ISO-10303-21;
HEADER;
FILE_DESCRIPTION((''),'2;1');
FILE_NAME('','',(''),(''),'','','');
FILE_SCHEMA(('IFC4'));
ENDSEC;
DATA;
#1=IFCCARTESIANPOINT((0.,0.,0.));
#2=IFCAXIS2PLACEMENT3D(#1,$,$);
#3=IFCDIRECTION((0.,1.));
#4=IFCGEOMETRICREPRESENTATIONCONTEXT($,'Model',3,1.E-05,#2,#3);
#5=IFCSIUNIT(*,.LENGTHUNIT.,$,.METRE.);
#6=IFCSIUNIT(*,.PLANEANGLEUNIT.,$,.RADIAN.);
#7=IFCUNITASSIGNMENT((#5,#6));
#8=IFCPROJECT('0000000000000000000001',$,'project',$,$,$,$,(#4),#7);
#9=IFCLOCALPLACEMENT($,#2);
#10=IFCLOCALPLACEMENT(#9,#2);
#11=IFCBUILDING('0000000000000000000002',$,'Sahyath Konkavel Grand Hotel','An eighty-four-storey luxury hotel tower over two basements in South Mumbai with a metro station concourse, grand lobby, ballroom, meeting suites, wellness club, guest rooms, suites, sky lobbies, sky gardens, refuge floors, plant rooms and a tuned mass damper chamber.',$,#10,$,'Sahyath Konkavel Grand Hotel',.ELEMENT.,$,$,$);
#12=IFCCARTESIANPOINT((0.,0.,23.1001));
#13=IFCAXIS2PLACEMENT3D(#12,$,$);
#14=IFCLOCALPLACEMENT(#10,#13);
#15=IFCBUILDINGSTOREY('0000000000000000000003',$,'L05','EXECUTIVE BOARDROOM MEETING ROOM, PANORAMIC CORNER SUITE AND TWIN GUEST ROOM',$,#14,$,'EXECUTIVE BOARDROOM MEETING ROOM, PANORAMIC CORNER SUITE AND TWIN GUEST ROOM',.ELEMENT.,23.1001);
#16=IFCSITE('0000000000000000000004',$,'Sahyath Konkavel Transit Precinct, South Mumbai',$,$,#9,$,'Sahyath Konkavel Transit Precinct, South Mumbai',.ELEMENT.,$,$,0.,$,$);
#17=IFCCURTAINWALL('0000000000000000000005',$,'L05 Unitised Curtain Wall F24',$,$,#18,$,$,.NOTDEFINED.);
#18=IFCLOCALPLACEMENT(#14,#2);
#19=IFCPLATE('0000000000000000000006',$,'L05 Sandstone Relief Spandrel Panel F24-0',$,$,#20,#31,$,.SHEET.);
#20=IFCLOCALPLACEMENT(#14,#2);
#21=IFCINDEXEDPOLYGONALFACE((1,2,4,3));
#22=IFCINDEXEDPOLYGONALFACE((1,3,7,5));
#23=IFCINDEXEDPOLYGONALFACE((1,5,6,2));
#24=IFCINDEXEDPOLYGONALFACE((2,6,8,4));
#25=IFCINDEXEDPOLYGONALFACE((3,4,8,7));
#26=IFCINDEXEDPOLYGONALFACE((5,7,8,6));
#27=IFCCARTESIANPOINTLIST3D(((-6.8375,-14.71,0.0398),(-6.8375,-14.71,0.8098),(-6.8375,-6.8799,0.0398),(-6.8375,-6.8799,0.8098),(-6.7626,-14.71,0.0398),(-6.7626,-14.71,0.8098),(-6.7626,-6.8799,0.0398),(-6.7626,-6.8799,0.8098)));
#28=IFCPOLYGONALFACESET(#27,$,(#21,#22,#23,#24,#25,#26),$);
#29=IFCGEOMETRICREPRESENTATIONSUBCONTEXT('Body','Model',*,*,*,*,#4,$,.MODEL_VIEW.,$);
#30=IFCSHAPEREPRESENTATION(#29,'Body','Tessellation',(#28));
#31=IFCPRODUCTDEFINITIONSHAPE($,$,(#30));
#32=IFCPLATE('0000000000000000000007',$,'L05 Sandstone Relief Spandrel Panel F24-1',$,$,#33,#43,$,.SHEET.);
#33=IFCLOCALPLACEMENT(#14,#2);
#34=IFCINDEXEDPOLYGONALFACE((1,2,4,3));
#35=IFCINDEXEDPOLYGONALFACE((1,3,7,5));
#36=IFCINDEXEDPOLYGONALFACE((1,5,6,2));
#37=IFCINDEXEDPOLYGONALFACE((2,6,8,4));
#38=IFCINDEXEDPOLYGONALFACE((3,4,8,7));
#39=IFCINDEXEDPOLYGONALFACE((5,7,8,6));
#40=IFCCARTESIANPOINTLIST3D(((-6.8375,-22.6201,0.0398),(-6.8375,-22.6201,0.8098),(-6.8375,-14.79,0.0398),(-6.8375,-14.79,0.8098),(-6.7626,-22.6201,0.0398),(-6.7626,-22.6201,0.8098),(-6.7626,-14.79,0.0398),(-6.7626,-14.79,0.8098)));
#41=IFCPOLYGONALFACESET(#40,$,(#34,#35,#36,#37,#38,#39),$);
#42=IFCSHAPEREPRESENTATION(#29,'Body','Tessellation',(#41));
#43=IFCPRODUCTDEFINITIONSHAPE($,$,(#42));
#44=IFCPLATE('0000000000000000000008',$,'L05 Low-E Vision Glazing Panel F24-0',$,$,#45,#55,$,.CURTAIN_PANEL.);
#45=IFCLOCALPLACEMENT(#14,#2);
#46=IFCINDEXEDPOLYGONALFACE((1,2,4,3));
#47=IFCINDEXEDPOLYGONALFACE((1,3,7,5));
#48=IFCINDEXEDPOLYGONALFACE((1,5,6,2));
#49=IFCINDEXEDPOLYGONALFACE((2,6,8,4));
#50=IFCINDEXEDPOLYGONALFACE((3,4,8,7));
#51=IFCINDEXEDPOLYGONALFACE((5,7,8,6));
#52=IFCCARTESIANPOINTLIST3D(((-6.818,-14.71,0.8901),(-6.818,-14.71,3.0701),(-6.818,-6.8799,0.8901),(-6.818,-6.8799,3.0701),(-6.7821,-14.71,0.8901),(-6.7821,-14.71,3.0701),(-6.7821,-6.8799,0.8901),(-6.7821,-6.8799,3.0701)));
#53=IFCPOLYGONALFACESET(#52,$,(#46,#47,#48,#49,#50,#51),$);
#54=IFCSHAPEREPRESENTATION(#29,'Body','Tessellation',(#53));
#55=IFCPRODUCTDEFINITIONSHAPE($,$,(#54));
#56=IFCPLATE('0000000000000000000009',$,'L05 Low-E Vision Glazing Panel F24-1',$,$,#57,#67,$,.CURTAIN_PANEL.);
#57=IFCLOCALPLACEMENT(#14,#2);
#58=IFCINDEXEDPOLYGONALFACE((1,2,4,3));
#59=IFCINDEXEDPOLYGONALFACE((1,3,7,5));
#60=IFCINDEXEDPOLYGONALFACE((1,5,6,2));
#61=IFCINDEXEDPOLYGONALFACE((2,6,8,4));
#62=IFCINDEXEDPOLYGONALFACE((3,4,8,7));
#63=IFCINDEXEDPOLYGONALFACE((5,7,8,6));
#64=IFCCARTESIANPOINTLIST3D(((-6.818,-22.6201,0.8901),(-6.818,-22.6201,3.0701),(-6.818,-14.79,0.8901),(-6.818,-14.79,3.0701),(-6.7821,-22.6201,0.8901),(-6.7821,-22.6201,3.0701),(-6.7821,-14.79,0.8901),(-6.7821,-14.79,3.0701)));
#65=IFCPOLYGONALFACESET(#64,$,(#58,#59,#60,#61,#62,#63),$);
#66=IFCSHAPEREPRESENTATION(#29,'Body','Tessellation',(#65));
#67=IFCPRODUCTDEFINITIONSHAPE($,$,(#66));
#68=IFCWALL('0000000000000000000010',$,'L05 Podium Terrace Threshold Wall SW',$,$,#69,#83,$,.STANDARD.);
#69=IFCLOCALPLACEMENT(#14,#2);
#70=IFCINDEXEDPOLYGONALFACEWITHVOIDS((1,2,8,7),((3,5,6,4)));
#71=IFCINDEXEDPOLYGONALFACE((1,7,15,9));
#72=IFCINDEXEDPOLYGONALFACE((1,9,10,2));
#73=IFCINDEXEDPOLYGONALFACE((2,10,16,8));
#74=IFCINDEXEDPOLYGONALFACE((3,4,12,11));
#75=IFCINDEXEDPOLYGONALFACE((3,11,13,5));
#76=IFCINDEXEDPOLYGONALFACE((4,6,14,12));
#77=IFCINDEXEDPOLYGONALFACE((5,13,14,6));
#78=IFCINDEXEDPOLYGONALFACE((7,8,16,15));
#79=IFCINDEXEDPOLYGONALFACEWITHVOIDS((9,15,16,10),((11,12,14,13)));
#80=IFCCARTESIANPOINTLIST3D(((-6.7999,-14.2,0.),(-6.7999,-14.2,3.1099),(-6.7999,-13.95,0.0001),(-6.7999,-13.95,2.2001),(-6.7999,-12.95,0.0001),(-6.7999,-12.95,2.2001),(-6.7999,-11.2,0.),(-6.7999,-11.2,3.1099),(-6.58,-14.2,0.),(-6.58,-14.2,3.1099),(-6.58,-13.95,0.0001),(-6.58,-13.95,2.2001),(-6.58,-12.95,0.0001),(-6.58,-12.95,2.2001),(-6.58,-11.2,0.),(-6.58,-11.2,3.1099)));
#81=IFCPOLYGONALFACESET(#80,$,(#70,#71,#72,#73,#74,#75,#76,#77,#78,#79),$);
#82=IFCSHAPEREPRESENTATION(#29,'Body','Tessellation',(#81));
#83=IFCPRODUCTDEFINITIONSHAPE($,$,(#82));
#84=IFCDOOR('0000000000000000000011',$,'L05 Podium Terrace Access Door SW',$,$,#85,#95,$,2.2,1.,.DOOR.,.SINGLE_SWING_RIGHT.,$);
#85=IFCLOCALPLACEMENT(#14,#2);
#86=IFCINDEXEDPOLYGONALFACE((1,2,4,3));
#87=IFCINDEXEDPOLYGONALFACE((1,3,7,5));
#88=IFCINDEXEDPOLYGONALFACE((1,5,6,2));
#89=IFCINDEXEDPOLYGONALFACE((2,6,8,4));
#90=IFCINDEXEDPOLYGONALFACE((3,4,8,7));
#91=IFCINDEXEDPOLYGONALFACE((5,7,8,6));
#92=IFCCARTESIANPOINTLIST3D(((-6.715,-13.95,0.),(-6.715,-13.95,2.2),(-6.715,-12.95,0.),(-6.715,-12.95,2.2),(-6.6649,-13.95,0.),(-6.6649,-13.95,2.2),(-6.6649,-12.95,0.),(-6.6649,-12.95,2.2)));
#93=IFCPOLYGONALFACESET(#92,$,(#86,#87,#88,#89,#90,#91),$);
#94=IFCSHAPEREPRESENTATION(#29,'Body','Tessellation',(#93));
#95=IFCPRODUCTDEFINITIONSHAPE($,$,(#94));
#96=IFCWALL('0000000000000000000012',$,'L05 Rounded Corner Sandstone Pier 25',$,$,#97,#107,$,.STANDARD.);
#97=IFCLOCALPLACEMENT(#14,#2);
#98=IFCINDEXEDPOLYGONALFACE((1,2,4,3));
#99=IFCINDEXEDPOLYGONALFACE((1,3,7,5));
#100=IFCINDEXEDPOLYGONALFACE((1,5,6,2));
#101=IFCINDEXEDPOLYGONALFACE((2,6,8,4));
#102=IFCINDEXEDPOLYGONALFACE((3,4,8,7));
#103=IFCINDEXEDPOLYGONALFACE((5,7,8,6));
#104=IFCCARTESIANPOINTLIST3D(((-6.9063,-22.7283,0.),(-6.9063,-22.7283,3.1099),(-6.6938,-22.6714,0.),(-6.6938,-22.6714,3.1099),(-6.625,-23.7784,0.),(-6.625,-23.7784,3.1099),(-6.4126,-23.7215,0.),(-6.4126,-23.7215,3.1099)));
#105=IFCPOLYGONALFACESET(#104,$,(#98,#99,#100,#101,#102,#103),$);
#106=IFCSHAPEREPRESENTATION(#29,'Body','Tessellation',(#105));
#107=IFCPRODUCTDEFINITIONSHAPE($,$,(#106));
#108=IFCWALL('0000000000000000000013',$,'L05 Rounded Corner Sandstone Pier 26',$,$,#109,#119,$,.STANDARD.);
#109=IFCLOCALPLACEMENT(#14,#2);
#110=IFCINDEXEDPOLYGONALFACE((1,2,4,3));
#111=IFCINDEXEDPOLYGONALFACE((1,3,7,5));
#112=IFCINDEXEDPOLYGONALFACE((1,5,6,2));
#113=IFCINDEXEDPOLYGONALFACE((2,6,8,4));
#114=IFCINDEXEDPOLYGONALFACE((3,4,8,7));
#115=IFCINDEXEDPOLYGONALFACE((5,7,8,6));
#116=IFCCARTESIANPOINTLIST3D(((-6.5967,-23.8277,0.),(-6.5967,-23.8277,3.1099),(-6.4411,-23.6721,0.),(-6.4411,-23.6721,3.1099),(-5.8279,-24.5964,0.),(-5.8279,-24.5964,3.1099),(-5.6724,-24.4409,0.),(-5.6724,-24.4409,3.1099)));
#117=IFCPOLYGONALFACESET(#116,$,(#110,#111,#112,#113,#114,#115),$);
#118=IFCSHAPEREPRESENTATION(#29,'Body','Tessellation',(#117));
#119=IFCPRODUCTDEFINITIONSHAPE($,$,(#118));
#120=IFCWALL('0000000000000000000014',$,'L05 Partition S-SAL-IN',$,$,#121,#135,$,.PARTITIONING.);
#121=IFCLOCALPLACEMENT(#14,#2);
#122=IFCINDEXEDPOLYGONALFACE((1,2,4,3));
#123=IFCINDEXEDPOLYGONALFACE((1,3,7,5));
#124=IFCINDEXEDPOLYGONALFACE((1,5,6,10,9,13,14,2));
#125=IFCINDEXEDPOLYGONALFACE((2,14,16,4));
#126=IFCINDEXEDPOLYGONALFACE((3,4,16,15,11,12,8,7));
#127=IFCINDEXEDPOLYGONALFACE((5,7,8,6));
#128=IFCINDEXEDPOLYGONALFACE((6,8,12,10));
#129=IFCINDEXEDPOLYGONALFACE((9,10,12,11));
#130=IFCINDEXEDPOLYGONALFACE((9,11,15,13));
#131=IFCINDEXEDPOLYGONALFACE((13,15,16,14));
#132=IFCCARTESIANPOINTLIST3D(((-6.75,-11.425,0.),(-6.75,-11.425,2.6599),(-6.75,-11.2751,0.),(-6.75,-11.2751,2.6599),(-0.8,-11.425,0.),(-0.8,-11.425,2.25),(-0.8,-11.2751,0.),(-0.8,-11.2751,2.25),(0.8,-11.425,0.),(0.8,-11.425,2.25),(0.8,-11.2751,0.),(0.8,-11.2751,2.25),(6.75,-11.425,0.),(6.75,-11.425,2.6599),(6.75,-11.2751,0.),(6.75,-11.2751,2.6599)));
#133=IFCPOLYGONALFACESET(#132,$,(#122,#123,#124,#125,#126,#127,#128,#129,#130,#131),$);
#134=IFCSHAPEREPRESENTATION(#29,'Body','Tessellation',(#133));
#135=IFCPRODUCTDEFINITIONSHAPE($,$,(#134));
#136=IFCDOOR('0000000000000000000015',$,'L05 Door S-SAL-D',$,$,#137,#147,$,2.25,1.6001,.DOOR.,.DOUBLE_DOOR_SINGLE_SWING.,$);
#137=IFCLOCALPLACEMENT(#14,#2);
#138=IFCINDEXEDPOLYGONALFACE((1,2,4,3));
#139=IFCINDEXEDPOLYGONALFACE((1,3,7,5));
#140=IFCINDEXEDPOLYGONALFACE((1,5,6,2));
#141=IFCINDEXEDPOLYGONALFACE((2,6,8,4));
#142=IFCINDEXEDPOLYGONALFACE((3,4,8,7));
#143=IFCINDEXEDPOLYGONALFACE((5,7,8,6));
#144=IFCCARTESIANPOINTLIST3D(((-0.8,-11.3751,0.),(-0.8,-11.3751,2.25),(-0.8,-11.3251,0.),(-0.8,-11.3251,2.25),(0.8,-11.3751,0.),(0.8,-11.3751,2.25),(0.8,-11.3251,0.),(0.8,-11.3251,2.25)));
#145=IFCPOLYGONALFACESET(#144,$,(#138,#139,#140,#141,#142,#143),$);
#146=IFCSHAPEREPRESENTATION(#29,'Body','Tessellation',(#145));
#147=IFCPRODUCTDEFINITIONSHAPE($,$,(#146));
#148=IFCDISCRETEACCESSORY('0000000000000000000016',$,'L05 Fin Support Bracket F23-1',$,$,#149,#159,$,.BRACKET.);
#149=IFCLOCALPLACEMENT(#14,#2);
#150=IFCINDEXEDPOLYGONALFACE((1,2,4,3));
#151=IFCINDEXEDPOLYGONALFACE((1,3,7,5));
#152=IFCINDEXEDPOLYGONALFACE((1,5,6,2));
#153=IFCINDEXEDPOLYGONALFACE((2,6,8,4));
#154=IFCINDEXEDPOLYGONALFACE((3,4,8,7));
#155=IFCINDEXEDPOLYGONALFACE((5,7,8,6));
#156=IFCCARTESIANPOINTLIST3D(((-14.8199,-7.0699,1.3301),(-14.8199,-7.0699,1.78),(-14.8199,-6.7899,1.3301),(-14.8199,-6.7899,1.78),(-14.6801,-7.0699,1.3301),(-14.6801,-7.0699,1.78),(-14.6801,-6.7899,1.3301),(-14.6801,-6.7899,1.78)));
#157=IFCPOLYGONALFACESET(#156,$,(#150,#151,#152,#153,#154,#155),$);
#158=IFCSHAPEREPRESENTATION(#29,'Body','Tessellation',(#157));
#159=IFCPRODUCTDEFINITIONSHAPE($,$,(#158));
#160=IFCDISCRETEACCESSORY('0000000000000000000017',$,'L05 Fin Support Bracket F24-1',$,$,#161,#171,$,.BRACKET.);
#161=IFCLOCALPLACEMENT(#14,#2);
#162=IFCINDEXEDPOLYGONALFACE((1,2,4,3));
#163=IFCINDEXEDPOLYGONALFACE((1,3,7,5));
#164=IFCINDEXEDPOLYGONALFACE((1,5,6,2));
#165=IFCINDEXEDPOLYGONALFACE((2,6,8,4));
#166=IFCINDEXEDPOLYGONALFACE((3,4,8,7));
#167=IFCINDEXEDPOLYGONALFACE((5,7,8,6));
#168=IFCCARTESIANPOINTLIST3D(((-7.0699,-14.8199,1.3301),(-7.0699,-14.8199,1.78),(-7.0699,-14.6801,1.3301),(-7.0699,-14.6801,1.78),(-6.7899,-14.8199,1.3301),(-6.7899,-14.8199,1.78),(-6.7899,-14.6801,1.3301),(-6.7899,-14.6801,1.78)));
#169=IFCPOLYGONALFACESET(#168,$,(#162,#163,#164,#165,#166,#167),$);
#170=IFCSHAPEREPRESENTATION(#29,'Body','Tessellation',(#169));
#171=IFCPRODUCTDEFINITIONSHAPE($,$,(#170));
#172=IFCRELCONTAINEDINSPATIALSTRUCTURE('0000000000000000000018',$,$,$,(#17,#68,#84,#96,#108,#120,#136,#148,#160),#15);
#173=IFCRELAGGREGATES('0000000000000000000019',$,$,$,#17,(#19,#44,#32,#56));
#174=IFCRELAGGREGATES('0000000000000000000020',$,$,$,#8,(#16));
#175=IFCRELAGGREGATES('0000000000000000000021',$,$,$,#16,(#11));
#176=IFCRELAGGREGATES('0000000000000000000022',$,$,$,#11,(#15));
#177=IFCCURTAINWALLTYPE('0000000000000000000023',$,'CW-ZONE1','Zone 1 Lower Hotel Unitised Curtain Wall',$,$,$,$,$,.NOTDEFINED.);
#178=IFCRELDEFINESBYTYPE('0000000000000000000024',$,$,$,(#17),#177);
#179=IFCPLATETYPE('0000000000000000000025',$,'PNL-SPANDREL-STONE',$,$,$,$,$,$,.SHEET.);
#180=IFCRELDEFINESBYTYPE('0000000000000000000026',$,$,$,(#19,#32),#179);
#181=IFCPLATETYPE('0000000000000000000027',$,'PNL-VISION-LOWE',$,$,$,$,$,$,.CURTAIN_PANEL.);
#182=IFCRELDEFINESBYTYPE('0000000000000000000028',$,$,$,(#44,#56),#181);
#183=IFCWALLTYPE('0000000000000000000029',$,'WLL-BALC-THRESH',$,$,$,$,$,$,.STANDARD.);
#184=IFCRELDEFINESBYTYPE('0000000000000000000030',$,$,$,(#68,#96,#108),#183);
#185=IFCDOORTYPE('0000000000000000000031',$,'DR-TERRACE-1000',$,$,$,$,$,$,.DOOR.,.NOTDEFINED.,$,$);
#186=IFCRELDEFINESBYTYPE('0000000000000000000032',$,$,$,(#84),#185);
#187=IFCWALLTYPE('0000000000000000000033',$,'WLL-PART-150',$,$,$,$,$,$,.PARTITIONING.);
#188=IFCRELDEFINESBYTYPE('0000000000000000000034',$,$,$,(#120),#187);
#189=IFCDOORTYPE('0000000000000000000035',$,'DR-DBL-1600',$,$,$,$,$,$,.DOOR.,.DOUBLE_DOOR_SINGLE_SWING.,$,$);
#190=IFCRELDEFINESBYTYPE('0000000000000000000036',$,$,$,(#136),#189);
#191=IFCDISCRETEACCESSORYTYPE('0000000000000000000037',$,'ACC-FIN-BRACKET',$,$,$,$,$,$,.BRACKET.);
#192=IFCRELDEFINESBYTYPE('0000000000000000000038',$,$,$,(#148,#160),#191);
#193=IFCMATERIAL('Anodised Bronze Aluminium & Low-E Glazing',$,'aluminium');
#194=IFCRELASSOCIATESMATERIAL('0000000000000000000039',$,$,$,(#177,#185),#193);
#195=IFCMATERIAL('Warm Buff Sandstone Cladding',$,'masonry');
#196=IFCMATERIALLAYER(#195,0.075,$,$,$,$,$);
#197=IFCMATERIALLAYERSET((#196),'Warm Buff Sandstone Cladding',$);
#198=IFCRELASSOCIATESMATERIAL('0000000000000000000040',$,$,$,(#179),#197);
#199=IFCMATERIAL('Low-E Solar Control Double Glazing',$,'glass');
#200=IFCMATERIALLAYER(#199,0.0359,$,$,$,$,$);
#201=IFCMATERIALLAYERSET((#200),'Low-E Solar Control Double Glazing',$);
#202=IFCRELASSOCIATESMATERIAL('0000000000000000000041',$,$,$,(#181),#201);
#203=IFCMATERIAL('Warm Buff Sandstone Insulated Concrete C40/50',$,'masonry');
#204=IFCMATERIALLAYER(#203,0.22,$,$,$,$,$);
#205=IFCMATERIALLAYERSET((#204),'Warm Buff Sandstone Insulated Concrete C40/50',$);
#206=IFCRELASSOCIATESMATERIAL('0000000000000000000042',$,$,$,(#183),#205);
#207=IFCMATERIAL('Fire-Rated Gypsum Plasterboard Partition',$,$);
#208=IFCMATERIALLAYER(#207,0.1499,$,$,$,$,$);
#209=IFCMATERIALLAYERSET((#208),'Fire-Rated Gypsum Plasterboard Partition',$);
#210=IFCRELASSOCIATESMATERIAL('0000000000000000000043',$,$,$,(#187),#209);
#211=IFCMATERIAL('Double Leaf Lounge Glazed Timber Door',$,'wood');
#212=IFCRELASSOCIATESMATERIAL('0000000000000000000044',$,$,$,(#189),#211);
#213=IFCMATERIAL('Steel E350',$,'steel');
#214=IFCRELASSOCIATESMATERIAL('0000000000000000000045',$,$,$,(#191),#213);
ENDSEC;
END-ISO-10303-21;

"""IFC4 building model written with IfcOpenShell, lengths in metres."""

from ifc_helpers import new_model, si_unit, direction, frame, frame_2d, origin, origin_2d, place, context, subcontext, project, spatial, rectangle, extrude, source, transform, mapped, material, layer, layer_set, type_object, element, fill, aggregate, save


model = new_model("IFC4")

# Units and contexts
model_context = context("Model", 3, precision=1e-05, world=origin(), true_north=direction((0.0, 1.0)))
body_context = subcontext(model_context, "Body", "Model", "MODEL_VIEW")
ifc_project = project(units=[si_unit("LENGTHUNIT", "METRE"), si_unit("PLANEANGLEUNIT", "RADIAN")], contexts=[model_context])

# Site, building, storey
site_placement = place(None, origin())
site = spatial("IfcSite", under=ifc_project, at=site_placement, Name="Sahyath Konkavel Transit Precinct, South Mumbai", LongName="Sahyath Konkavel Transit Precinct, South Mumbai", CompositionType="ELEMENT", RefElevation=0.0)
building_placement = place(site_placement, origin())
building = spatial("IfcBuilding", under=site, at=building_placement, Name="Sahyath Konkavel Grand Hotel", Description="An eighty-four-storey luxury hotel tower over two basements in South Mumbai with a metro station concourse, grand lobby, ballroom, meeting suites, wellness club, guest rooms, suites, sky lobbies, sky gardens, refuge floors, plant rooms and a tuned mass damper chamber.", LongName="Sahyath Konkavel Grand Hotel", CompositionType="ELEMENT")
storey_placement = place(building_placement, frame((0.0, 0.0, 23.1001)))
storey = spatial("IfcBuildingStorey", under=building, at=storey_placement, Name="L05", Description="EXECUTIVE BOARDROOM MEETING ROOM, PANORAMIC CORNER SUITE AND TWIN GUEST ROOM", LongName="EXECUTIVE BOARDROOM MEETING ROOM, PANORAMIC CORNER SUITE AND TWIN GUEST ROOM", CompositionType="ELEMENT", Elevation=23.1001)

# Shared definitions
ifc_material_1 = material(Name="Anodised Bronze Aluminium & Low-E Glazing", Category="aluminium")
curtain_wall_type = type_object("IfcCurtainWallType", Name="CW-ZONE1", Description="Zone 1 Lower Hotel Unitised Curtain Wall", PredefinedType="NOTDEFINED", material=ifc_material_1)

# Curtain wall
curtain_wall_1_placement = place(storey_placement, origin())
curtain_wall_1 = element("IfcCurtainWall", 1, at=curtain_wall_1_placement, inside=storey, type_object=curtain_wall_type, Name="L05 Unitised Curtain Wall F24", PredefinedType="NOTDEFINED")

# Plates
ifc_material_2 = material(Name="Warm Buff Sandstone Cladding", Category="masonry")
ifc_layer_1 = layer(ifc_material_2, 0.075)
ifc_layer_set_1 = layer_set([ifc_layer_1], Name="Warm Buff Sandstone Cladding")
plate_type_1 = type_object("IfcPlateType", Name="PNL-SPANDREL-STONE", PredefinedType="SHEET", material=ifc_layer_set_1)
shared_shape_1 = source(origin(), body_context, "Body", "SweptSolid", [
    extrude(rectangle(XDim=7.8301, YDim=0.075, at=origin_2d()), origin(), (0.0, 0.0, 1.0), 0.77),
])
plate_1_placement = place(storey_placement, frame((-6.8, -10.7949, 0.0398), z_axis=(0.0, 0.0, 1.0), x_axis=(0.0, -1.0, 0.0)))
plate_1 = element("IfcPlate", 2, at=plate_1_placement, type_object=plate_type_1, Name="L05 Sandstone Relief Spandrel Panel F24-0", PredefinedType="SHEET", context=body_context, shape_type="MappedRepresentation", body=[
    mapped(shared_shape_1, transform((0.0, 0.0, 0.0), scale=1.0)),
])
plate_2_placement = place(storey_placement, frame((-6.8, -18.7051, 0.0398), z_axis=(0.0, 0.0, 1.0), x_axis=(0.0, -1.0, 0.0)))
plate_2 = element("IfcPlate", 3, at=plate_2_placement, type_object=plate_type_1, Name="L05 Sandstone Relief Spandrel Panel F24-1", PredefinedType="SHEET", context=body_context, shape_type="MappedRepresentation", body=[
    mapped(shared_shape_1, transform((0.0, 0.0, 0.0), scale=1.0)),
])
ifc_material_3 = material(Name="Low-E Solar Control Double Glazing", Category="glass")
ifc_layer_2 = layer(ifc_material_3, 0.0359)
ifc_layer_set_2 = layer_set([ifc_layer_2], Name="Low-E Solar Control Double Glazing")
plate_type_2 = type_object("IfcPlateType", Name="PNL-VISION-LOWE", PredefinedType="CURTAIN_PANEL", material=ifc_layer_set_2)
shared_shape_2 = source(origin(), body_context, "Body", "SweptSolid", [
    extrude(rectangle(XDim=7.8301, YDim=0.0359, at=origin_2d()), origin(), (0.0, 0.0, 1.0), 2.1799),
])
plate_3_placement = place(storey_placement, frame((-6.8, -10.7949, 0.8901), z_axis=(0.0, 0.0, 1.0), x_axis=(0.0, -1.0, 0.0)))
plate_3 = element("IfcPlate", 4, at=plate_3_placement, type_object=plate_type_2, Name="L05 Low-E Vision Glazing Panel F24-0", PredefinedType="CURTAIN_PANEL", context=body_context, shape_type="MappedRepresentation", body=[
    mapped(shared_shape_2, transform((0.0, 0.0, 0.0), scale=1.0)),
])
plate_4_placement = place(storey_placement, frame((-6.8, -18.7051, 0.8901), z_axis=(0.0, 0.0, 1.0), x_axis=(0.0, -1.0, 0.0)))
plate_4 = element("IfcPlate", 5, at=plate_4_placement, type_object=plate_type_2, Name="L05 Low-E Vision Glazing Panel F24-1", PredefinedType="CURTAIN_PANEL", context=body_context, shape_type="MappedRepresentation", body=[
    mapped(shared_shape_2, transform((0.0, 0.0, 0.0), scale=1.0)),
])
aggregate(curtain_wall_1, [plate_1, plate_3, plate_2, plate_4])

# Wall, opening, door
ifc_material_4 = material(Name="Warm Buff Sandstone Insulated Concrete C40/50", Category="masonry")
ifc_layer_3 = layer(ifc_material_4, 0.22)
ifc_layer_set_3 = layer_set([ifc_layer_3], Name="Warm Buff Sandstone Insulated Concrete C40/50")
wall_type_1 = type_object("IfcWallType", Name="WLL-BALC-THRESH", PredefinedType="STANDARD", material=ifc_layer_set_3)
wall_1_placement = place(storey_placement, frame((-6.6899, -14.2, 0.0), z_axis=(0.0, 0.0, 1.0), x_axis=(0.0, 1.0, 0.0)))
wall_1 = element("IfcWall", 6, at=wall_1_placement, inside=storey, type_object=wall_type_1, Name="L05 Podium Terrace Threshold Wall SW", PredefinedType="STANDARD", context=body_context, shape_type="SweptSolid", body=[
    extrude(rectangle(XDim=3.0, YDim=0.22, at=frame_2d((1.5, 0.0))), origin(), (0.0, 0.0, 1.0), 3.1099),
])
opening_1_placement = place(wall_1_placement, frame((0.25, 0.0, 0.0)))
opening_1 = element("IfcOpeningElement", 7, at=opening_1_placement, cuts=wall_1, PredefinedType="OPENING", context=body_context, shape_type="SweptSolid", body=[
    extrude(rectangle(XDim=1.0, YDim=2.2, at=frame_2d((0.5, 1.1001))), frame((0.0, 0.1201, 0.0), z_axis=(0.0, -1.0, 0.0), x_axis=(1.0, 0.0, 0.0)), (0.0, 0.0, 1.0), 0.24),
])
door_type_1 = type_object("IfcDoorType", Name="DR-TERRACE-1000", OperationType="NOTDEFINED", PredefinedType="DOOR", material=ifc_material_1)
shared_shape_3 = source(origin(), body_context, "Body", "SweptSolid", [
    extrude(rectangle(XDim=1.0, YDim=0.05, at=origin_2d()), origin(), (0.0, 0.0, 1.0), 2.2),
])
door_1_placement = place(opening_1_placement, frame((0.5, 0.0, 0.0)))
door_1 = element("IfcDoor", 8, at=door_1_placement, inside=storey, type_object=door_type_1, Name="L05 Podium Terrace Access Door SW", OperationType="SINGLE_SWING_RIGHT", OverallHeight=2.2, OverallWidth=1.0, PredefinedType="DOOR", context=body_context, shape_type="MappedRepresentation", body=[
    mapped(shared_shape_3, transform((0.0, 0.0, 0.0), scale=1.0)),
])
fill(opening_1, door_1)

# Walls
for number, where, z_axis, x_axis, name in (
    (9, (-6.8, -22.7, 0.0), (0.0, 0.0, 1.0), (0.258725, -0.965951, 0.0), "L05 Rounded Corner Sandstone Pier 25"),
    (10, (-6.5188, -23.75, 0.0), (0.0, 0.0, 1.0), (0.707107, -0.707107, 0.0), "L05 Rounded Corner Sandstone Pier 26"),
):
    element("IfcWall", number, at=place(storey_placement, frame(where, z_axis=z_axis, x_axis=x_axis)), inside=storey, type_object=wall_type_1, Name=name, PredefinedType="STANDARD", context=body_context, shape_type="SweptSolid", body=[
        extrude(rectangle(XDim=1.0872, YDim=0.22, at=frame_2d((0.5435, 0.0))), origin(), (0.0, 0.0, 1.0), 3.1099),
    ])

# Wall, opening, door
ifc_material_5 = material(Name="Fire-Rated Gypsum Plasterboard Partition")
ifc_layer_4 = layer(ifc_material_5, 0.1499)
ifc_layer_set_4 = layer_set([ifc_layer_4], Name="Fire-Rated Gypsum Plasterboard Partition")
wall_type_2 = type_object("IfcWallType", Name="WLL-PART-150", PredefinedType="PARTITIONING", material=ifc_layer_set_4)
wall_2_placement = place(storey_placement, frame((-6.75, -11.3501, 0.0), z_axis=(0.0, 0.0, 1.0), x_axis=(1.0, 0.0, 0.0)))
wall_2 = element("IfcWall", 11, at=wall_2_placement, inside=storey, type_object=wall_type_2, Name="L05 Partition S-SAL-IN", PredefinedType="PARTITIONING", context=body_context, shape_type="SweptSolid", body=[
    extrude(rectangle(XDim=13.5, YDim=0.1499, at=frame_2d((6.75, 0.0))), origin(), (0.0, 0.0, 1.0), 2.6599),
])
opening_2_placement = place(wall_2_placement, frame((5.95, 0.0, 0.0)))
opening_2 = element("IfcOpeningElement", 12, at=opening_2_placement, cuts=wall_2, PredefinedType="OPENING", context=body_context, shape_type="SweptSolid", body=[
    extrude(rectangle(XDim=1.6001, YDim=2.25, at=frame_2d((0.8, 1.125))), frame((0.0, 0.085, 0.0), z_axis=(0.0, -1.0, 0.0), x_axis=(1.0, 0.0, 0.0)), (0.0, 0.0, 1.0), 0.1699),
])
ifc_material_6 = material(Name="Double Leaf Lounge Glazed Timber Door", Category="wood")
door_type_2 = type_object("IfcDoorType", Name="DR-DBL-1600", OperationType="DOUBLE_DOOR_SINGLE_SWING", PredefinedType="DOOR", material=ifc_material_6)
shared_shape_4 = source(origin(), body_context, "Body", "SweptSolid", [
    extrude(rectangle(XDim=1.6001, YDim=0.05, at=origin_2d()), origin(), (0.0, 0.0, 1.0), 2.25),
])
door_2_placement = place(opening_2_placement, frame((0.8, 0.0, 0.0)))
door_2 = element("IfcDoor", 13, at=door_2_placement, inside=storey, type_object=door_type_2, Name="L05 Door S-SAL-D", OperationType="DOUBLE_DOOR_SINGLE_SWING", OverallHeight=2.25, OverallWidth=1.6001, PredefinedType="DOOR", context=body_context, shape_type="MappedRepresentation", body=[
    mapped(shared_shape_4, transform((0.0, 0.0, 0.0), scale=1.0)),
])
fill(opening_2, door_2)

# Discrete accessories
ifc_material_7 = material(Name="Steel E350", Category="steel")
discrete_accessory_type = type_object("IfcDiscreteAccessoryType", Name="ACC-FIN-BRACKET", PredefinedType="BRACKET", material=ifc_material_7)
shared_shape_5 = source(origin(), body_context, "Body", "SweptSolid", [
    extrude(rectangle(XDim=0.28, YDim=0.1399, at=origin_2d()), origin(), (0.0, 0.0, 1.0), 0.45),
])
for number, where, z_axis, x_axis, name in (
    (14, (-14.75, -6.9299, 1.3301), (0.0, 0.0, 1.0), (0.0, -1.0, 0.0), "L05 Fin Support Bracket F23-1"),
    (15, (-6.9299, -14.75, 1.3301), (0.0, 0.0, 1.0), (-1.0, 0.0, 0.0), "L05 Fin Support Bracket F24-1"),
):
    element("IfcDiscreteAccessory", number, at=place(storey_placement, frame(where, z_axis=z_axis, x_axis=x_axis)), inside=storey, type_object=discrete_accessory_type, Name=name, PredefinedType="BRACKET", context=body_context, shape_type="MappedRepresentation", body=[
        mapped(shared_shape_5, transform((0.0, 0.0, 0.0), scale=1.0)),
    ])

save(model, "model.ifc")
